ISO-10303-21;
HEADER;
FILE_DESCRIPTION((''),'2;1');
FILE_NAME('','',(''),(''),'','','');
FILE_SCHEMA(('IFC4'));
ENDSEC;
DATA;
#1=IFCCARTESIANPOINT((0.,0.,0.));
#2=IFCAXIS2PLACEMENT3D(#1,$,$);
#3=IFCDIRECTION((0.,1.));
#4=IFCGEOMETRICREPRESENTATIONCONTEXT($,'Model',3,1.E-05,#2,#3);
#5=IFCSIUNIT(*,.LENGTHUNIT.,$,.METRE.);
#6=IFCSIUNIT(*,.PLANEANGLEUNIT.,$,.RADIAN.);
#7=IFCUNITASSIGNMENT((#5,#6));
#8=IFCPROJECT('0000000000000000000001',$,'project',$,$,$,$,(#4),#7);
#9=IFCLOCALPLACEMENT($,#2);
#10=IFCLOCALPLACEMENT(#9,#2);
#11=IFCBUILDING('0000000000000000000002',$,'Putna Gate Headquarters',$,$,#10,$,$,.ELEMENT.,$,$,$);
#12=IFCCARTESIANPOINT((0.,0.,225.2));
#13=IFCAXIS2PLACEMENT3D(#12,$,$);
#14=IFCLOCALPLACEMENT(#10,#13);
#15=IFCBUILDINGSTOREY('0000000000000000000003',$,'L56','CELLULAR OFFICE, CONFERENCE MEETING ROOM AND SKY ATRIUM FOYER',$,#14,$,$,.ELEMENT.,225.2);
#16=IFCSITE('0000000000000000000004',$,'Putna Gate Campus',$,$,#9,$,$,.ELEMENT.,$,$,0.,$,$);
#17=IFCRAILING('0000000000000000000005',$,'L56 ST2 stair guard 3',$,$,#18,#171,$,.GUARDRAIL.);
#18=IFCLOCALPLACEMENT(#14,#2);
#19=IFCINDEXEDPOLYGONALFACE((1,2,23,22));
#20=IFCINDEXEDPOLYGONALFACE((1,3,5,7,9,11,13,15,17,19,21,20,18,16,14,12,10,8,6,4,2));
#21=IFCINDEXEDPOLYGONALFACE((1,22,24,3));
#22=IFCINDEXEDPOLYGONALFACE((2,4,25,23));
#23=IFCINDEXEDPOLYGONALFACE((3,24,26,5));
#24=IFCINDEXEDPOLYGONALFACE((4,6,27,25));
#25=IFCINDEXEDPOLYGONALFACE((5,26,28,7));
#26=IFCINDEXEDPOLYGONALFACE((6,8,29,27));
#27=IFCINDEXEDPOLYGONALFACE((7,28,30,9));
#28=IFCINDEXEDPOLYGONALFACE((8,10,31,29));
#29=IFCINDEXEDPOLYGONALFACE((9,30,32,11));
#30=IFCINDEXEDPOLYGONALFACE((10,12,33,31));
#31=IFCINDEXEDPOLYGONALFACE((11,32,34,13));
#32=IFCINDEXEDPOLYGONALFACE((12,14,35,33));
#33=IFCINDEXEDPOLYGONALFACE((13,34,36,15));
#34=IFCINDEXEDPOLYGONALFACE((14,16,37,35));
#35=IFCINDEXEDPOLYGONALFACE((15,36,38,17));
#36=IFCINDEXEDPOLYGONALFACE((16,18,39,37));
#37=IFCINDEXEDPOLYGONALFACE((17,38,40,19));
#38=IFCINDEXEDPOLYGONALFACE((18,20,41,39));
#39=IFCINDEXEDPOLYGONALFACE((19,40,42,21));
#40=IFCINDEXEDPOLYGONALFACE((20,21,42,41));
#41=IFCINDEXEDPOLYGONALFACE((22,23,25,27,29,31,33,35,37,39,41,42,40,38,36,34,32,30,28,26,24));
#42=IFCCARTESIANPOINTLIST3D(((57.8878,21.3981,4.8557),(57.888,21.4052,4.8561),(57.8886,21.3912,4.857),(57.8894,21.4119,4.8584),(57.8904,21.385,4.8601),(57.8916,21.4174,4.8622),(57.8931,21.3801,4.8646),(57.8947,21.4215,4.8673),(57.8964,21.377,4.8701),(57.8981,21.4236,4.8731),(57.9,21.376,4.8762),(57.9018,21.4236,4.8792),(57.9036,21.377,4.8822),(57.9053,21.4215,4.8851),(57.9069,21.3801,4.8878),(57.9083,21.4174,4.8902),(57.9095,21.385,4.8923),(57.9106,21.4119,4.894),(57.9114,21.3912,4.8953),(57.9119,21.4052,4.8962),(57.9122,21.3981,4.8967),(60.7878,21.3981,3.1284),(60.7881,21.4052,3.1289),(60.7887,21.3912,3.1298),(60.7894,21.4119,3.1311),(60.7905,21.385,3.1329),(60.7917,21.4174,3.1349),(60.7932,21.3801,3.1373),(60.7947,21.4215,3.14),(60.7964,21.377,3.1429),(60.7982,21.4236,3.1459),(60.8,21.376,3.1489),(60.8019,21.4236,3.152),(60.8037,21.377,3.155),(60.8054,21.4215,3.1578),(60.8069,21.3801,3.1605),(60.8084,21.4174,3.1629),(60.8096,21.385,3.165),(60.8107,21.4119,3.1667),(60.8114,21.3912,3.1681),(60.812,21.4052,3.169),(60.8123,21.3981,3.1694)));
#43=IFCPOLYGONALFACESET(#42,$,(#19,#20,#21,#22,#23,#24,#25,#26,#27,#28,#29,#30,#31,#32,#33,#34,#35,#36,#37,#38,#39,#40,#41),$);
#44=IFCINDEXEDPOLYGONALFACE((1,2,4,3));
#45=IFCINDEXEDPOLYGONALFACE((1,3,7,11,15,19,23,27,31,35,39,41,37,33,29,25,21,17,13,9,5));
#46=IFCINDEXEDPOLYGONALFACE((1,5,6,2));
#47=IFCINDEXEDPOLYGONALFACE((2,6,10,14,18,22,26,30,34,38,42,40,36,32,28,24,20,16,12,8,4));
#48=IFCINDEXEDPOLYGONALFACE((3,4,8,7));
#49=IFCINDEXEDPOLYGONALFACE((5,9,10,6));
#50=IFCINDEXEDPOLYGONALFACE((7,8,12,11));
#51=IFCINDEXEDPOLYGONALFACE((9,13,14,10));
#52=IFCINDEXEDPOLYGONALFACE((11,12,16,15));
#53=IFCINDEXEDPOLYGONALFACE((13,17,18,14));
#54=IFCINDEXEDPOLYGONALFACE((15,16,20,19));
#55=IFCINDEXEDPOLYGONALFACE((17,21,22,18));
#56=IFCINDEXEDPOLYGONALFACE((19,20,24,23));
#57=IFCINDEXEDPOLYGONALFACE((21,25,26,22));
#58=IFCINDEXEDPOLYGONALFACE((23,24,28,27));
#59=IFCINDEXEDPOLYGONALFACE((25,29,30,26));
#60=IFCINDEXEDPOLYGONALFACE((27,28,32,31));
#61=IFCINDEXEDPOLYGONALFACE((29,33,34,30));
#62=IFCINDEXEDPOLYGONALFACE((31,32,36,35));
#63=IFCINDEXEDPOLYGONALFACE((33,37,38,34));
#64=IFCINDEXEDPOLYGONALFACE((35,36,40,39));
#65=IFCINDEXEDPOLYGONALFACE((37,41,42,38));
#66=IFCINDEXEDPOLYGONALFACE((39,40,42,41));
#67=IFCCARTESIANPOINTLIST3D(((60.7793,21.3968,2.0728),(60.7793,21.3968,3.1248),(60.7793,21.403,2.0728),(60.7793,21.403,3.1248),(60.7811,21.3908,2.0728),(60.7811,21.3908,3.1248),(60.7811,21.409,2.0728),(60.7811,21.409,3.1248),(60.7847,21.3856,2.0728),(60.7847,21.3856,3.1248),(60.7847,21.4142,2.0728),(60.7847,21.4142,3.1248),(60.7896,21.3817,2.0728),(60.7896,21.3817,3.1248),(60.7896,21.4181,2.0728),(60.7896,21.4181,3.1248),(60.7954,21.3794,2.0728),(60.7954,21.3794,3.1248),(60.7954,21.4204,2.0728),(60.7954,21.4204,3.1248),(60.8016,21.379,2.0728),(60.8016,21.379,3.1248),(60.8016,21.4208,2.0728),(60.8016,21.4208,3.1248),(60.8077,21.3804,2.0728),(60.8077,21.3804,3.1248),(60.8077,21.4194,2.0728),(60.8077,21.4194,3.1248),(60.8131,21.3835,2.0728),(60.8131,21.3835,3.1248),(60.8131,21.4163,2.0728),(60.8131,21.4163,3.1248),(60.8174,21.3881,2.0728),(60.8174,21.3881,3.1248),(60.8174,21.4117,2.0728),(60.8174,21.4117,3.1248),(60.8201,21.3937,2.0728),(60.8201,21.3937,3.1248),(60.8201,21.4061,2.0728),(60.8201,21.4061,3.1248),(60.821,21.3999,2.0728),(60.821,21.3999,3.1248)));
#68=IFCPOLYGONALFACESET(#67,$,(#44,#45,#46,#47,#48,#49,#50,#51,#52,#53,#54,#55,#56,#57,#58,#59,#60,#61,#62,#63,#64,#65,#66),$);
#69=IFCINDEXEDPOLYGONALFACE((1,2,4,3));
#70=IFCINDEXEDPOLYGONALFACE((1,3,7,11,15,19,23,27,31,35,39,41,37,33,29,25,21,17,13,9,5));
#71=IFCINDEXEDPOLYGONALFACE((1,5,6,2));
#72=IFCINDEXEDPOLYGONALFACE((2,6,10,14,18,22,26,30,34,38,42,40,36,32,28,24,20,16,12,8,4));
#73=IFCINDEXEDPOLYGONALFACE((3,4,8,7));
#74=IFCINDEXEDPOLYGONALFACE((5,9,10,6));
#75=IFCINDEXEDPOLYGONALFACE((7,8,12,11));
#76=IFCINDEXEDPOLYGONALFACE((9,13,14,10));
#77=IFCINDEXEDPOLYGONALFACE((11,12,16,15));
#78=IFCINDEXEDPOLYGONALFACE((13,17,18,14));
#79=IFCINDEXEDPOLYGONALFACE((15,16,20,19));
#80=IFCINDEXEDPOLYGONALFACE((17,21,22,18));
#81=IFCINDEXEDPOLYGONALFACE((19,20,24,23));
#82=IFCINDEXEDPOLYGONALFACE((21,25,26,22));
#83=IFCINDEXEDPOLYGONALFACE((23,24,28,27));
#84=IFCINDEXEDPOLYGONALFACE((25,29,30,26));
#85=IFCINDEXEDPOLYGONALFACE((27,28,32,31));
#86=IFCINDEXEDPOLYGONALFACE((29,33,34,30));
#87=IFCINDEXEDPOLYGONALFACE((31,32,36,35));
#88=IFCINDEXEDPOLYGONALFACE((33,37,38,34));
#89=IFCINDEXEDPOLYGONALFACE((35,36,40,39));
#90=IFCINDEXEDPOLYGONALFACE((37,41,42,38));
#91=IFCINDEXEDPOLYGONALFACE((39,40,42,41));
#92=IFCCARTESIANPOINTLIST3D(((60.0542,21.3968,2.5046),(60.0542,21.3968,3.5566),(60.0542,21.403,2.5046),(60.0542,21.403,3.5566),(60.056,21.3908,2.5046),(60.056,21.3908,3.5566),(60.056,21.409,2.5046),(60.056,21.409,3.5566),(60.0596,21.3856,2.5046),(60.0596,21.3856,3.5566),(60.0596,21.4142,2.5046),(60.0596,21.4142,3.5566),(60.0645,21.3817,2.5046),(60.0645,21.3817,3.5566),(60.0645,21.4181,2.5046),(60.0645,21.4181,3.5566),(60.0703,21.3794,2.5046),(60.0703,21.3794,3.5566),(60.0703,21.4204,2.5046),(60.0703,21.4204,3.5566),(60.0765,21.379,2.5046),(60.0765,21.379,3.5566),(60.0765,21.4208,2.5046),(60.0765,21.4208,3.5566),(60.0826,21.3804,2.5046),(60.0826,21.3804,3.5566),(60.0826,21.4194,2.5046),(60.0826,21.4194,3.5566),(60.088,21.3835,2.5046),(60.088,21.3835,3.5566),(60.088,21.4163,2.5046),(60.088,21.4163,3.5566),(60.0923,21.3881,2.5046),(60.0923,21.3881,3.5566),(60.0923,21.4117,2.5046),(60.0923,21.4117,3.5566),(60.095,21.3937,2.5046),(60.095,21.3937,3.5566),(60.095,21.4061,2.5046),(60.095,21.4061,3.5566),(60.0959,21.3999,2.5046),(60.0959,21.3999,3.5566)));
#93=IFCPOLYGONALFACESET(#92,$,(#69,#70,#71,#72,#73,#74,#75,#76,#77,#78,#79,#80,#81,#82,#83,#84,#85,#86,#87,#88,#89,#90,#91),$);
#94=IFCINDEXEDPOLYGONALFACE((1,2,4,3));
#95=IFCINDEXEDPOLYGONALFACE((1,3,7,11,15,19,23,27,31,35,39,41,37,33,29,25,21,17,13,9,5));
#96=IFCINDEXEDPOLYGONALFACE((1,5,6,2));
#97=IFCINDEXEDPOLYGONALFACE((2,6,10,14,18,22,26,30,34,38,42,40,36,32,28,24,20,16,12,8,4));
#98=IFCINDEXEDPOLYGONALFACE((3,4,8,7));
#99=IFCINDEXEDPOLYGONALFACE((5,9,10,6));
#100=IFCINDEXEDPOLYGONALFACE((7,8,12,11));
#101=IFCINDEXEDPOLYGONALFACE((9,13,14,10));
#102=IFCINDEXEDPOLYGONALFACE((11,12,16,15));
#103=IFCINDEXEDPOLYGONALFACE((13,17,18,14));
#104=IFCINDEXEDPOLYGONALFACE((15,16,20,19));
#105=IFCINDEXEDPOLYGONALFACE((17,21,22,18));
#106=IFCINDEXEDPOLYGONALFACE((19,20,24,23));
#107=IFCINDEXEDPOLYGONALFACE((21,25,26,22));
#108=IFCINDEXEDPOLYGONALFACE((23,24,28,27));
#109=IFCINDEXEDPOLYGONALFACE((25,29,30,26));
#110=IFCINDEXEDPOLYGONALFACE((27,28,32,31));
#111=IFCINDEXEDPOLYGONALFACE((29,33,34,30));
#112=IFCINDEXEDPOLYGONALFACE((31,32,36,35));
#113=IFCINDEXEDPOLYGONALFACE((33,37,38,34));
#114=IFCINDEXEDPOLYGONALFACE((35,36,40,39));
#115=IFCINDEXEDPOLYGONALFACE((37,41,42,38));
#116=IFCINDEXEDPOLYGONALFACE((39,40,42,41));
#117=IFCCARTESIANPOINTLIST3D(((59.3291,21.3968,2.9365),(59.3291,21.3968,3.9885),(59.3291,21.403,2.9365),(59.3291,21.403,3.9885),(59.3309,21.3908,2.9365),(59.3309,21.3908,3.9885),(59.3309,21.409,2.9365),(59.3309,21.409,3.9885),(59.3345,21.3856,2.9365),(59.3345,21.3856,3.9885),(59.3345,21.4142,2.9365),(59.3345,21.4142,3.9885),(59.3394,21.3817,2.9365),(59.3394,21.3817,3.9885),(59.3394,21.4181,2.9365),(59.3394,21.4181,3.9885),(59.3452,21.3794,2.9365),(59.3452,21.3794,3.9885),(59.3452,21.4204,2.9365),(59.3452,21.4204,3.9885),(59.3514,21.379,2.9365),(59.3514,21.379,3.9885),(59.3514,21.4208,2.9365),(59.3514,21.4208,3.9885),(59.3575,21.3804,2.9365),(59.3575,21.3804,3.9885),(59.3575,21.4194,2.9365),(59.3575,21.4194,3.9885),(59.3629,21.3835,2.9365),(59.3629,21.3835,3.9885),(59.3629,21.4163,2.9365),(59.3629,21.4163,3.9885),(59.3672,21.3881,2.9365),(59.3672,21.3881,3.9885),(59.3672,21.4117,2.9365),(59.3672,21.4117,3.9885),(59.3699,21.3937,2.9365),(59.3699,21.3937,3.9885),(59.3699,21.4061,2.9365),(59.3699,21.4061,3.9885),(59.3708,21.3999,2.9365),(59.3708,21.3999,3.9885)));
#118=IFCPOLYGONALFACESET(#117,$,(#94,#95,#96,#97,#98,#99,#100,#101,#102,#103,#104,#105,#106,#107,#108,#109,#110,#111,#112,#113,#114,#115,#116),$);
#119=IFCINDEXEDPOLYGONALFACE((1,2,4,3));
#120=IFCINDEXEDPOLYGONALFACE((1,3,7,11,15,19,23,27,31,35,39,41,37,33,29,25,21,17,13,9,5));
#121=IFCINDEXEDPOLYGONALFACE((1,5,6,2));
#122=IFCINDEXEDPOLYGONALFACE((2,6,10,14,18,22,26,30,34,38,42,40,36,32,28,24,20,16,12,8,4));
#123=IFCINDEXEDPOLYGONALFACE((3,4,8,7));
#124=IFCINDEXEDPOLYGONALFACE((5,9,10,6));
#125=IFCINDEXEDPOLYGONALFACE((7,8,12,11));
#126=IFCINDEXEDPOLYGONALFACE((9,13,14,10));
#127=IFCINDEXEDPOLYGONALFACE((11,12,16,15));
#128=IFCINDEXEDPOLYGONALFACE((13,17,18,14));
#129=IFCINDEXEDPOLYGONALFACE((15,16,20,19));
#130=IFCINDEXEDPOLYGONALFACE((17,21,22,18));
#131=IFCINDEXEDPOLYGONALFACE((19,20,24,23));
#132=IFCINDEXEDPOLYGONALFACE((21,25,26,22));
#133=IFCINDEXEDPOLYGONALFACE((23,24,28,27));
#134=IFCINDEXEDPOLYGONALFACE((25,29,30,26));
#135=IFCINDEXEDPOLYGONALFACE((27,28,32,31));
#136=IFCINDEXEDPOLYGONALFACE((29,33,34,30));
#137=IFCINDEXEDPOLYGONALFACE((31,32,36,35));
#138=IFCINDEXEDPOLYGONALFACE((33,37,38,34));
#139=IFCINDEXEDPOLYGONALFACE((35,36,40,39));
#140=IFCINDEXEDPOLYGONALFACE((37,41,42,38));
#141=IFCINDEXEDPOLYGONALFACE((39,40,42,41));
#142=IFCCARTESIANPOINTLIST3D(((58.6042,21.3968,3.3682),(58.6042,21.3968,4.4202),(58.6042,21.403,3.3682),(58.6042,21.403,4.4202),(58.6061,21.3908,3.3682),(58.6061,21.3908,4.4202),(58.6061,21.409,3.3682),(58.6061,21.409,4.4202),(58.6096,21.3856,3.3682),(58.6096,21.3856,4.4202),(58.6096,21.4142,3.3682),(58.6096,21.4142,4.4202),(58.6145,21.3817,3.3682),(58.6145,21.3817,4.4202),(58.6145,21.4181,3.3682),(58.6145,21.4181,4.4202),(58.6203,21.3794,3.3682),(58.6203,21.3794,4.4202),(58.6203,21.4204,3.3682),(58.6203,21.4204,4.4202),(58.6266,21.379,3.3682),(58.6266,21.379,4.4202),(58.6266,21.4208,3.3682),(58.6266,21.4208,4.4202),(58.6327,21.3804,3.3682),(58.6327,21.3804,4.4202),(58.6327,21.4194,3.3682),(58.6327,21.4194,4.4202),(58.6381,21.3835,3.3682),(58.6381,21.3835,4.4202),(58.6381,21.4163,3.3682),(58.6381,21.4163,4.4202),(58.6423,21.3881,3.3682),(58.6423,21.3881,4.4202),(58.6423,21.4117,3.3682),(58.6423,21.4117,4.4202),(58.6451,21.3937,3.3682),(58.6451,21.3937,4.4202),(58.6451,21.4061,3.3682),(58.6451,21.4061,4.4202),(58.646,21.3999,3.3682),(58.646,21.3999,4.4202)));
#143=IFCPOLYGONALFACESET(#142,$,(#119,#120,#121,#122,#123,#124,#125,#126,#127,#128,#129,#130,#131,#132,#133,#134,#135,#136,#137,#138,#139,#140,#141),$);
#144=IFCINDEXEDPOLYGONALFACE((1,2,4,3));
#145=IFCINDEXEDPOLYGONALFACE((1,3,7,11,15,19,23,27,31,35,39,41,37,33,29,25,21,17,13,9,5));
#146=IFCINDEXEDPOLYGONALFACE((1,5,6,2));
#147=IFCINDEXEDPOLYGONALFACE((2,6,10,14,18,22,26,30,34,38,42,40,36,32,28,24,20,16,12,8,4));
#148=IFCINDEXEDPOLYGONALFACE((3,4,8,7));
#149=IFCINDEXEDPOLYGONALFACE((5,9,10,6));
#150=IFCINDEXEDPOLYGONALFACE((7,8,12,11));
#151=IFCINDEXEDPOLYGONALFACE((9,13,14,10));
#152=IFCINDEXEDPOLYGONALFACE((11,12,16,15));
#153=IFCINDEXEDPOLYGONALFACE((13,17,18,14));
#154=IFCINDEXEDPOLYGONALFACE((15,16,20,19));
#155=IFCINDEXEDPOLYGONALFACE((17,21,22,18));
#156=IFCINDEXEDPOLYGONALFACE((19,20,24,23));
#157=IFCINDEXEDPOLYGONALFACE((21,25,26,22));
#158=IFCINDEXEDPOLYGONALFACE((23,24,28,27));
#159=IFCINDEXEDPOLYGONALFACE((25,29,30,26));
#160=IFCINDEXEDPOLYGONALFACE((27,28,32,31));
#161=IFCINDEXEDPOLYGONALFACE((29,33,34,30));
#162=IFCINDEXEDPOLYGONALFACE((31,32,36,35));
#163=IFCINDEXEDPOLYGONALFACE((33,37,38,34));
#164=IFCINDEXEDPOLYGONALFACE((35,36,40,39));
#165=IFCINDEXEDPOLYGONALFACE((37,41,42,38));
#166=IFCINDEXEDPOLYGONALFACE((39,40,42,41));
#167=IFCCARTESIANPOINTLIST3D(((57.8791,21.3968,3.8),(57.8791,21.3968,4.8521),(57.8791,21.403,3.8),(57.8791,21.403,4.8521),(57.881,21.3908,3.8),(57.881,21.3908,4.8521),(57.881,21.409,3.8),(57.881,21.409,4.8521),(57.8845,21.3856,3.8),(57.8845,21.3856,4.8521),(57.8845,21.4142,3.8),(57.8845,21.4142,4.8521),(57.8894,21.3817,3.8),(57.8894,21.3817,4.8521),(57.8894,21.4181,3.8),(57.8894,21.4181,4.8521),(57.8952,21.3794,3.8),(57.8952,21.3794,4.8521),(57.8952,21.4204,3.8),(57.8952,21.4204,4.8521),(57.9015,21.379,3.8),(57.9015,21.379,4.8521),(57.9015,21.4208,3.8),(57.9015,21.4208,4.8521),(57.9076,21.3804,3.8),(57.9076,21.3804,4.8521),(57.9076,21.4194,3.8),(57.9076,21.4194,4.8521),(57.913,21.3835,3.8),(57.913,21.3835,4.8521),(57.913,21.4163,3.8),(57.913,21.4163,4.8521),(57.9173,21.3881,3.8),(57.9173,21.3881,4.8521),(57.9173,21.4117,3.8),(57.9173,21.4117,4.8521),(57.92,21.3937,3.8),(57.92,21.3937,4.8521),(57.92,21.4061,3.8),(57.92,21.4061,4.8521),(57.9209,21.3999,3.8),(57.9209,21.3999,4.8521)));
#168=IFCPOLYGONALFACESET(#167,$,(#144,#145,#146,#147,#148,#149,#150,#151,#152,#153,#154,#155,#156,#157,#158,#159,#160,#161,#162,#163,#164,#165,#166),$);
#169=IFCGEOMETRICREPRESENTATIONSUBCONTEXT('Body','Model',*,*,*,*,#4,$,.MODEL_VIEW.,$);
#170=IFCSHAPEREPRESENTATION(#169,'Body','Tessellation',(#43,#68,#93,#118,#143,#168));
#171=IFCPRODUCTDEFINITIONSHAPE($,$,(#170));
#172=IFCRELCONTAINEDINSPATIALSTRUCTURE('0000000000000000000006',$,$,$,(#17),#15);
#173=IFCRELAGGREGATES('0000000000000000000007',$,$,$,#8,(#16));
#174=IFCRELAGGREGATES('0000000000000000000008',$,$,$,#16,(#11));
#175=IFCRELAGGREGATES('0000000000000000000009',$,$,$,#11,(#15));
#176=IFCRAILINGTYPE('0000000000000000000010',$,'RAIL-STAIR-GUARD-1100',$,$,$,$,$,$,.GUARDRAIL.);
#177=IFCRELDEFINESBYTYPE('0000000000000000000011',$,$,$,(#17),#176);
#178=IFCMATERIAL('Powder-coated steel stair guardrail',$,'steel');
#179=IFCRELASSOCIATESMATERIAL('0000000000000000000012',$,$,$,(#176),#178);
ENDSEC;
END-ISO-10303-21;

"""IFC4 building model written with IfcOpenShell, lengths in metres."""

from ifc_helpers import new_model, si_unit, direction, frame, origin, origin_2d, place, context, subcontext, project, spatial, circle, extrude, material, type_object, element, save


model = new_model("IFC4")

# Units and contexts
model_context = context("Model", 3, precision=1e-05, world=origin(), true_north=direction((0.0, 1.0)))
body_context = subcontext(model_context, "Body", "Model", "MODEL_VIEW")
ifc_project = project(units=[si_unit("LENGTHUNIT", "METRE"), si_unit("PLANEANGLEUNIT", "RADIAN")], contexts=[model_context])

# Site, building, storey
site_placement = place(None, origin())
site = spatial("IfcSite", under=ifc_project, at=site_placement, Name="Putna Gate Campus", CompositionType="ELEMENT", RefElevation=0.0)
building_placement = place(site_placement, origin())
building = spatial("IfcBuilding", under=site, at=building_placement, Name="Putna Gate Headquarters", CompositionType="ELEMENT")
storey_placement = place(building_placement, frame((0.0, 0.0, 225.2)))
storey = spatial("IfcBuildingStorey", under=building, at=storey_placement, Name="L56", Description="CELLULAR OFFICE, CONFERENCE MEETING ROOM AND SKY ATRIUM FOYER", CompositionType="ELEMENT", Elevation=225.2)

# Railing
ifc_material_1 = material(Name="Powder-coated steel stair guardrail", Category="steel")
railing_type_1 = type_object("IfcRailingType", Name="RAIL-STAIR-GUARD-1100", PredefinedType="GUARDRAIL", material=ifc_material_1)
railing_1_placement = place(storey_placement, frame((60.8, 21.3999, 2.0728)))
element("IfcRailing", 1, at=railing_1_placement, inside=storey, type_object=railing_type_1, Name="L56 ST2 stair guard 3", PredefinedType="GUARDRAIL", context=body_context, shape_type="SweptSolid", body=[
    extrude(circle(Radius=0.0239, at=origin_2d()), frame((0.0, 0.0, 1.0762), z_axis=(-0.85916, 0.0, 0.511706), x_axis=(0.0, -1.0, 0.0)), (0.0, 0.0, 1.0), 3.3755),
    extrude(circle(Radius=0.021, at=origin_2d()), origin(), (0.0, 0.0, 1.0), 1.052),
    extrude(circle(Radius=0.021, at=origin_2d()), frame((-0.7251, 0.0, 0.4319)), (0.0, 0.0, 1.0), 1.052),
    extrude(circle(Radius=0.021, at=origin_2d()), frame((-1.4502, 0.0, 0.8638)), (0.0, 0.0, 1.0), 1.052),
    extrude(circle(Radius=0.021, at=origin_2d()), frame((-2.175, 0.0, 1.2954)), (0.0, 0.0, 1.0), 1.052),
    extrude(circle(Radius=0.021, at=origin_2d()), frame((-2.9001, 0.0, 1.7273)), (0.0, 0.0, 1.0), 1.052),
])

save(model, "model.ifc")
